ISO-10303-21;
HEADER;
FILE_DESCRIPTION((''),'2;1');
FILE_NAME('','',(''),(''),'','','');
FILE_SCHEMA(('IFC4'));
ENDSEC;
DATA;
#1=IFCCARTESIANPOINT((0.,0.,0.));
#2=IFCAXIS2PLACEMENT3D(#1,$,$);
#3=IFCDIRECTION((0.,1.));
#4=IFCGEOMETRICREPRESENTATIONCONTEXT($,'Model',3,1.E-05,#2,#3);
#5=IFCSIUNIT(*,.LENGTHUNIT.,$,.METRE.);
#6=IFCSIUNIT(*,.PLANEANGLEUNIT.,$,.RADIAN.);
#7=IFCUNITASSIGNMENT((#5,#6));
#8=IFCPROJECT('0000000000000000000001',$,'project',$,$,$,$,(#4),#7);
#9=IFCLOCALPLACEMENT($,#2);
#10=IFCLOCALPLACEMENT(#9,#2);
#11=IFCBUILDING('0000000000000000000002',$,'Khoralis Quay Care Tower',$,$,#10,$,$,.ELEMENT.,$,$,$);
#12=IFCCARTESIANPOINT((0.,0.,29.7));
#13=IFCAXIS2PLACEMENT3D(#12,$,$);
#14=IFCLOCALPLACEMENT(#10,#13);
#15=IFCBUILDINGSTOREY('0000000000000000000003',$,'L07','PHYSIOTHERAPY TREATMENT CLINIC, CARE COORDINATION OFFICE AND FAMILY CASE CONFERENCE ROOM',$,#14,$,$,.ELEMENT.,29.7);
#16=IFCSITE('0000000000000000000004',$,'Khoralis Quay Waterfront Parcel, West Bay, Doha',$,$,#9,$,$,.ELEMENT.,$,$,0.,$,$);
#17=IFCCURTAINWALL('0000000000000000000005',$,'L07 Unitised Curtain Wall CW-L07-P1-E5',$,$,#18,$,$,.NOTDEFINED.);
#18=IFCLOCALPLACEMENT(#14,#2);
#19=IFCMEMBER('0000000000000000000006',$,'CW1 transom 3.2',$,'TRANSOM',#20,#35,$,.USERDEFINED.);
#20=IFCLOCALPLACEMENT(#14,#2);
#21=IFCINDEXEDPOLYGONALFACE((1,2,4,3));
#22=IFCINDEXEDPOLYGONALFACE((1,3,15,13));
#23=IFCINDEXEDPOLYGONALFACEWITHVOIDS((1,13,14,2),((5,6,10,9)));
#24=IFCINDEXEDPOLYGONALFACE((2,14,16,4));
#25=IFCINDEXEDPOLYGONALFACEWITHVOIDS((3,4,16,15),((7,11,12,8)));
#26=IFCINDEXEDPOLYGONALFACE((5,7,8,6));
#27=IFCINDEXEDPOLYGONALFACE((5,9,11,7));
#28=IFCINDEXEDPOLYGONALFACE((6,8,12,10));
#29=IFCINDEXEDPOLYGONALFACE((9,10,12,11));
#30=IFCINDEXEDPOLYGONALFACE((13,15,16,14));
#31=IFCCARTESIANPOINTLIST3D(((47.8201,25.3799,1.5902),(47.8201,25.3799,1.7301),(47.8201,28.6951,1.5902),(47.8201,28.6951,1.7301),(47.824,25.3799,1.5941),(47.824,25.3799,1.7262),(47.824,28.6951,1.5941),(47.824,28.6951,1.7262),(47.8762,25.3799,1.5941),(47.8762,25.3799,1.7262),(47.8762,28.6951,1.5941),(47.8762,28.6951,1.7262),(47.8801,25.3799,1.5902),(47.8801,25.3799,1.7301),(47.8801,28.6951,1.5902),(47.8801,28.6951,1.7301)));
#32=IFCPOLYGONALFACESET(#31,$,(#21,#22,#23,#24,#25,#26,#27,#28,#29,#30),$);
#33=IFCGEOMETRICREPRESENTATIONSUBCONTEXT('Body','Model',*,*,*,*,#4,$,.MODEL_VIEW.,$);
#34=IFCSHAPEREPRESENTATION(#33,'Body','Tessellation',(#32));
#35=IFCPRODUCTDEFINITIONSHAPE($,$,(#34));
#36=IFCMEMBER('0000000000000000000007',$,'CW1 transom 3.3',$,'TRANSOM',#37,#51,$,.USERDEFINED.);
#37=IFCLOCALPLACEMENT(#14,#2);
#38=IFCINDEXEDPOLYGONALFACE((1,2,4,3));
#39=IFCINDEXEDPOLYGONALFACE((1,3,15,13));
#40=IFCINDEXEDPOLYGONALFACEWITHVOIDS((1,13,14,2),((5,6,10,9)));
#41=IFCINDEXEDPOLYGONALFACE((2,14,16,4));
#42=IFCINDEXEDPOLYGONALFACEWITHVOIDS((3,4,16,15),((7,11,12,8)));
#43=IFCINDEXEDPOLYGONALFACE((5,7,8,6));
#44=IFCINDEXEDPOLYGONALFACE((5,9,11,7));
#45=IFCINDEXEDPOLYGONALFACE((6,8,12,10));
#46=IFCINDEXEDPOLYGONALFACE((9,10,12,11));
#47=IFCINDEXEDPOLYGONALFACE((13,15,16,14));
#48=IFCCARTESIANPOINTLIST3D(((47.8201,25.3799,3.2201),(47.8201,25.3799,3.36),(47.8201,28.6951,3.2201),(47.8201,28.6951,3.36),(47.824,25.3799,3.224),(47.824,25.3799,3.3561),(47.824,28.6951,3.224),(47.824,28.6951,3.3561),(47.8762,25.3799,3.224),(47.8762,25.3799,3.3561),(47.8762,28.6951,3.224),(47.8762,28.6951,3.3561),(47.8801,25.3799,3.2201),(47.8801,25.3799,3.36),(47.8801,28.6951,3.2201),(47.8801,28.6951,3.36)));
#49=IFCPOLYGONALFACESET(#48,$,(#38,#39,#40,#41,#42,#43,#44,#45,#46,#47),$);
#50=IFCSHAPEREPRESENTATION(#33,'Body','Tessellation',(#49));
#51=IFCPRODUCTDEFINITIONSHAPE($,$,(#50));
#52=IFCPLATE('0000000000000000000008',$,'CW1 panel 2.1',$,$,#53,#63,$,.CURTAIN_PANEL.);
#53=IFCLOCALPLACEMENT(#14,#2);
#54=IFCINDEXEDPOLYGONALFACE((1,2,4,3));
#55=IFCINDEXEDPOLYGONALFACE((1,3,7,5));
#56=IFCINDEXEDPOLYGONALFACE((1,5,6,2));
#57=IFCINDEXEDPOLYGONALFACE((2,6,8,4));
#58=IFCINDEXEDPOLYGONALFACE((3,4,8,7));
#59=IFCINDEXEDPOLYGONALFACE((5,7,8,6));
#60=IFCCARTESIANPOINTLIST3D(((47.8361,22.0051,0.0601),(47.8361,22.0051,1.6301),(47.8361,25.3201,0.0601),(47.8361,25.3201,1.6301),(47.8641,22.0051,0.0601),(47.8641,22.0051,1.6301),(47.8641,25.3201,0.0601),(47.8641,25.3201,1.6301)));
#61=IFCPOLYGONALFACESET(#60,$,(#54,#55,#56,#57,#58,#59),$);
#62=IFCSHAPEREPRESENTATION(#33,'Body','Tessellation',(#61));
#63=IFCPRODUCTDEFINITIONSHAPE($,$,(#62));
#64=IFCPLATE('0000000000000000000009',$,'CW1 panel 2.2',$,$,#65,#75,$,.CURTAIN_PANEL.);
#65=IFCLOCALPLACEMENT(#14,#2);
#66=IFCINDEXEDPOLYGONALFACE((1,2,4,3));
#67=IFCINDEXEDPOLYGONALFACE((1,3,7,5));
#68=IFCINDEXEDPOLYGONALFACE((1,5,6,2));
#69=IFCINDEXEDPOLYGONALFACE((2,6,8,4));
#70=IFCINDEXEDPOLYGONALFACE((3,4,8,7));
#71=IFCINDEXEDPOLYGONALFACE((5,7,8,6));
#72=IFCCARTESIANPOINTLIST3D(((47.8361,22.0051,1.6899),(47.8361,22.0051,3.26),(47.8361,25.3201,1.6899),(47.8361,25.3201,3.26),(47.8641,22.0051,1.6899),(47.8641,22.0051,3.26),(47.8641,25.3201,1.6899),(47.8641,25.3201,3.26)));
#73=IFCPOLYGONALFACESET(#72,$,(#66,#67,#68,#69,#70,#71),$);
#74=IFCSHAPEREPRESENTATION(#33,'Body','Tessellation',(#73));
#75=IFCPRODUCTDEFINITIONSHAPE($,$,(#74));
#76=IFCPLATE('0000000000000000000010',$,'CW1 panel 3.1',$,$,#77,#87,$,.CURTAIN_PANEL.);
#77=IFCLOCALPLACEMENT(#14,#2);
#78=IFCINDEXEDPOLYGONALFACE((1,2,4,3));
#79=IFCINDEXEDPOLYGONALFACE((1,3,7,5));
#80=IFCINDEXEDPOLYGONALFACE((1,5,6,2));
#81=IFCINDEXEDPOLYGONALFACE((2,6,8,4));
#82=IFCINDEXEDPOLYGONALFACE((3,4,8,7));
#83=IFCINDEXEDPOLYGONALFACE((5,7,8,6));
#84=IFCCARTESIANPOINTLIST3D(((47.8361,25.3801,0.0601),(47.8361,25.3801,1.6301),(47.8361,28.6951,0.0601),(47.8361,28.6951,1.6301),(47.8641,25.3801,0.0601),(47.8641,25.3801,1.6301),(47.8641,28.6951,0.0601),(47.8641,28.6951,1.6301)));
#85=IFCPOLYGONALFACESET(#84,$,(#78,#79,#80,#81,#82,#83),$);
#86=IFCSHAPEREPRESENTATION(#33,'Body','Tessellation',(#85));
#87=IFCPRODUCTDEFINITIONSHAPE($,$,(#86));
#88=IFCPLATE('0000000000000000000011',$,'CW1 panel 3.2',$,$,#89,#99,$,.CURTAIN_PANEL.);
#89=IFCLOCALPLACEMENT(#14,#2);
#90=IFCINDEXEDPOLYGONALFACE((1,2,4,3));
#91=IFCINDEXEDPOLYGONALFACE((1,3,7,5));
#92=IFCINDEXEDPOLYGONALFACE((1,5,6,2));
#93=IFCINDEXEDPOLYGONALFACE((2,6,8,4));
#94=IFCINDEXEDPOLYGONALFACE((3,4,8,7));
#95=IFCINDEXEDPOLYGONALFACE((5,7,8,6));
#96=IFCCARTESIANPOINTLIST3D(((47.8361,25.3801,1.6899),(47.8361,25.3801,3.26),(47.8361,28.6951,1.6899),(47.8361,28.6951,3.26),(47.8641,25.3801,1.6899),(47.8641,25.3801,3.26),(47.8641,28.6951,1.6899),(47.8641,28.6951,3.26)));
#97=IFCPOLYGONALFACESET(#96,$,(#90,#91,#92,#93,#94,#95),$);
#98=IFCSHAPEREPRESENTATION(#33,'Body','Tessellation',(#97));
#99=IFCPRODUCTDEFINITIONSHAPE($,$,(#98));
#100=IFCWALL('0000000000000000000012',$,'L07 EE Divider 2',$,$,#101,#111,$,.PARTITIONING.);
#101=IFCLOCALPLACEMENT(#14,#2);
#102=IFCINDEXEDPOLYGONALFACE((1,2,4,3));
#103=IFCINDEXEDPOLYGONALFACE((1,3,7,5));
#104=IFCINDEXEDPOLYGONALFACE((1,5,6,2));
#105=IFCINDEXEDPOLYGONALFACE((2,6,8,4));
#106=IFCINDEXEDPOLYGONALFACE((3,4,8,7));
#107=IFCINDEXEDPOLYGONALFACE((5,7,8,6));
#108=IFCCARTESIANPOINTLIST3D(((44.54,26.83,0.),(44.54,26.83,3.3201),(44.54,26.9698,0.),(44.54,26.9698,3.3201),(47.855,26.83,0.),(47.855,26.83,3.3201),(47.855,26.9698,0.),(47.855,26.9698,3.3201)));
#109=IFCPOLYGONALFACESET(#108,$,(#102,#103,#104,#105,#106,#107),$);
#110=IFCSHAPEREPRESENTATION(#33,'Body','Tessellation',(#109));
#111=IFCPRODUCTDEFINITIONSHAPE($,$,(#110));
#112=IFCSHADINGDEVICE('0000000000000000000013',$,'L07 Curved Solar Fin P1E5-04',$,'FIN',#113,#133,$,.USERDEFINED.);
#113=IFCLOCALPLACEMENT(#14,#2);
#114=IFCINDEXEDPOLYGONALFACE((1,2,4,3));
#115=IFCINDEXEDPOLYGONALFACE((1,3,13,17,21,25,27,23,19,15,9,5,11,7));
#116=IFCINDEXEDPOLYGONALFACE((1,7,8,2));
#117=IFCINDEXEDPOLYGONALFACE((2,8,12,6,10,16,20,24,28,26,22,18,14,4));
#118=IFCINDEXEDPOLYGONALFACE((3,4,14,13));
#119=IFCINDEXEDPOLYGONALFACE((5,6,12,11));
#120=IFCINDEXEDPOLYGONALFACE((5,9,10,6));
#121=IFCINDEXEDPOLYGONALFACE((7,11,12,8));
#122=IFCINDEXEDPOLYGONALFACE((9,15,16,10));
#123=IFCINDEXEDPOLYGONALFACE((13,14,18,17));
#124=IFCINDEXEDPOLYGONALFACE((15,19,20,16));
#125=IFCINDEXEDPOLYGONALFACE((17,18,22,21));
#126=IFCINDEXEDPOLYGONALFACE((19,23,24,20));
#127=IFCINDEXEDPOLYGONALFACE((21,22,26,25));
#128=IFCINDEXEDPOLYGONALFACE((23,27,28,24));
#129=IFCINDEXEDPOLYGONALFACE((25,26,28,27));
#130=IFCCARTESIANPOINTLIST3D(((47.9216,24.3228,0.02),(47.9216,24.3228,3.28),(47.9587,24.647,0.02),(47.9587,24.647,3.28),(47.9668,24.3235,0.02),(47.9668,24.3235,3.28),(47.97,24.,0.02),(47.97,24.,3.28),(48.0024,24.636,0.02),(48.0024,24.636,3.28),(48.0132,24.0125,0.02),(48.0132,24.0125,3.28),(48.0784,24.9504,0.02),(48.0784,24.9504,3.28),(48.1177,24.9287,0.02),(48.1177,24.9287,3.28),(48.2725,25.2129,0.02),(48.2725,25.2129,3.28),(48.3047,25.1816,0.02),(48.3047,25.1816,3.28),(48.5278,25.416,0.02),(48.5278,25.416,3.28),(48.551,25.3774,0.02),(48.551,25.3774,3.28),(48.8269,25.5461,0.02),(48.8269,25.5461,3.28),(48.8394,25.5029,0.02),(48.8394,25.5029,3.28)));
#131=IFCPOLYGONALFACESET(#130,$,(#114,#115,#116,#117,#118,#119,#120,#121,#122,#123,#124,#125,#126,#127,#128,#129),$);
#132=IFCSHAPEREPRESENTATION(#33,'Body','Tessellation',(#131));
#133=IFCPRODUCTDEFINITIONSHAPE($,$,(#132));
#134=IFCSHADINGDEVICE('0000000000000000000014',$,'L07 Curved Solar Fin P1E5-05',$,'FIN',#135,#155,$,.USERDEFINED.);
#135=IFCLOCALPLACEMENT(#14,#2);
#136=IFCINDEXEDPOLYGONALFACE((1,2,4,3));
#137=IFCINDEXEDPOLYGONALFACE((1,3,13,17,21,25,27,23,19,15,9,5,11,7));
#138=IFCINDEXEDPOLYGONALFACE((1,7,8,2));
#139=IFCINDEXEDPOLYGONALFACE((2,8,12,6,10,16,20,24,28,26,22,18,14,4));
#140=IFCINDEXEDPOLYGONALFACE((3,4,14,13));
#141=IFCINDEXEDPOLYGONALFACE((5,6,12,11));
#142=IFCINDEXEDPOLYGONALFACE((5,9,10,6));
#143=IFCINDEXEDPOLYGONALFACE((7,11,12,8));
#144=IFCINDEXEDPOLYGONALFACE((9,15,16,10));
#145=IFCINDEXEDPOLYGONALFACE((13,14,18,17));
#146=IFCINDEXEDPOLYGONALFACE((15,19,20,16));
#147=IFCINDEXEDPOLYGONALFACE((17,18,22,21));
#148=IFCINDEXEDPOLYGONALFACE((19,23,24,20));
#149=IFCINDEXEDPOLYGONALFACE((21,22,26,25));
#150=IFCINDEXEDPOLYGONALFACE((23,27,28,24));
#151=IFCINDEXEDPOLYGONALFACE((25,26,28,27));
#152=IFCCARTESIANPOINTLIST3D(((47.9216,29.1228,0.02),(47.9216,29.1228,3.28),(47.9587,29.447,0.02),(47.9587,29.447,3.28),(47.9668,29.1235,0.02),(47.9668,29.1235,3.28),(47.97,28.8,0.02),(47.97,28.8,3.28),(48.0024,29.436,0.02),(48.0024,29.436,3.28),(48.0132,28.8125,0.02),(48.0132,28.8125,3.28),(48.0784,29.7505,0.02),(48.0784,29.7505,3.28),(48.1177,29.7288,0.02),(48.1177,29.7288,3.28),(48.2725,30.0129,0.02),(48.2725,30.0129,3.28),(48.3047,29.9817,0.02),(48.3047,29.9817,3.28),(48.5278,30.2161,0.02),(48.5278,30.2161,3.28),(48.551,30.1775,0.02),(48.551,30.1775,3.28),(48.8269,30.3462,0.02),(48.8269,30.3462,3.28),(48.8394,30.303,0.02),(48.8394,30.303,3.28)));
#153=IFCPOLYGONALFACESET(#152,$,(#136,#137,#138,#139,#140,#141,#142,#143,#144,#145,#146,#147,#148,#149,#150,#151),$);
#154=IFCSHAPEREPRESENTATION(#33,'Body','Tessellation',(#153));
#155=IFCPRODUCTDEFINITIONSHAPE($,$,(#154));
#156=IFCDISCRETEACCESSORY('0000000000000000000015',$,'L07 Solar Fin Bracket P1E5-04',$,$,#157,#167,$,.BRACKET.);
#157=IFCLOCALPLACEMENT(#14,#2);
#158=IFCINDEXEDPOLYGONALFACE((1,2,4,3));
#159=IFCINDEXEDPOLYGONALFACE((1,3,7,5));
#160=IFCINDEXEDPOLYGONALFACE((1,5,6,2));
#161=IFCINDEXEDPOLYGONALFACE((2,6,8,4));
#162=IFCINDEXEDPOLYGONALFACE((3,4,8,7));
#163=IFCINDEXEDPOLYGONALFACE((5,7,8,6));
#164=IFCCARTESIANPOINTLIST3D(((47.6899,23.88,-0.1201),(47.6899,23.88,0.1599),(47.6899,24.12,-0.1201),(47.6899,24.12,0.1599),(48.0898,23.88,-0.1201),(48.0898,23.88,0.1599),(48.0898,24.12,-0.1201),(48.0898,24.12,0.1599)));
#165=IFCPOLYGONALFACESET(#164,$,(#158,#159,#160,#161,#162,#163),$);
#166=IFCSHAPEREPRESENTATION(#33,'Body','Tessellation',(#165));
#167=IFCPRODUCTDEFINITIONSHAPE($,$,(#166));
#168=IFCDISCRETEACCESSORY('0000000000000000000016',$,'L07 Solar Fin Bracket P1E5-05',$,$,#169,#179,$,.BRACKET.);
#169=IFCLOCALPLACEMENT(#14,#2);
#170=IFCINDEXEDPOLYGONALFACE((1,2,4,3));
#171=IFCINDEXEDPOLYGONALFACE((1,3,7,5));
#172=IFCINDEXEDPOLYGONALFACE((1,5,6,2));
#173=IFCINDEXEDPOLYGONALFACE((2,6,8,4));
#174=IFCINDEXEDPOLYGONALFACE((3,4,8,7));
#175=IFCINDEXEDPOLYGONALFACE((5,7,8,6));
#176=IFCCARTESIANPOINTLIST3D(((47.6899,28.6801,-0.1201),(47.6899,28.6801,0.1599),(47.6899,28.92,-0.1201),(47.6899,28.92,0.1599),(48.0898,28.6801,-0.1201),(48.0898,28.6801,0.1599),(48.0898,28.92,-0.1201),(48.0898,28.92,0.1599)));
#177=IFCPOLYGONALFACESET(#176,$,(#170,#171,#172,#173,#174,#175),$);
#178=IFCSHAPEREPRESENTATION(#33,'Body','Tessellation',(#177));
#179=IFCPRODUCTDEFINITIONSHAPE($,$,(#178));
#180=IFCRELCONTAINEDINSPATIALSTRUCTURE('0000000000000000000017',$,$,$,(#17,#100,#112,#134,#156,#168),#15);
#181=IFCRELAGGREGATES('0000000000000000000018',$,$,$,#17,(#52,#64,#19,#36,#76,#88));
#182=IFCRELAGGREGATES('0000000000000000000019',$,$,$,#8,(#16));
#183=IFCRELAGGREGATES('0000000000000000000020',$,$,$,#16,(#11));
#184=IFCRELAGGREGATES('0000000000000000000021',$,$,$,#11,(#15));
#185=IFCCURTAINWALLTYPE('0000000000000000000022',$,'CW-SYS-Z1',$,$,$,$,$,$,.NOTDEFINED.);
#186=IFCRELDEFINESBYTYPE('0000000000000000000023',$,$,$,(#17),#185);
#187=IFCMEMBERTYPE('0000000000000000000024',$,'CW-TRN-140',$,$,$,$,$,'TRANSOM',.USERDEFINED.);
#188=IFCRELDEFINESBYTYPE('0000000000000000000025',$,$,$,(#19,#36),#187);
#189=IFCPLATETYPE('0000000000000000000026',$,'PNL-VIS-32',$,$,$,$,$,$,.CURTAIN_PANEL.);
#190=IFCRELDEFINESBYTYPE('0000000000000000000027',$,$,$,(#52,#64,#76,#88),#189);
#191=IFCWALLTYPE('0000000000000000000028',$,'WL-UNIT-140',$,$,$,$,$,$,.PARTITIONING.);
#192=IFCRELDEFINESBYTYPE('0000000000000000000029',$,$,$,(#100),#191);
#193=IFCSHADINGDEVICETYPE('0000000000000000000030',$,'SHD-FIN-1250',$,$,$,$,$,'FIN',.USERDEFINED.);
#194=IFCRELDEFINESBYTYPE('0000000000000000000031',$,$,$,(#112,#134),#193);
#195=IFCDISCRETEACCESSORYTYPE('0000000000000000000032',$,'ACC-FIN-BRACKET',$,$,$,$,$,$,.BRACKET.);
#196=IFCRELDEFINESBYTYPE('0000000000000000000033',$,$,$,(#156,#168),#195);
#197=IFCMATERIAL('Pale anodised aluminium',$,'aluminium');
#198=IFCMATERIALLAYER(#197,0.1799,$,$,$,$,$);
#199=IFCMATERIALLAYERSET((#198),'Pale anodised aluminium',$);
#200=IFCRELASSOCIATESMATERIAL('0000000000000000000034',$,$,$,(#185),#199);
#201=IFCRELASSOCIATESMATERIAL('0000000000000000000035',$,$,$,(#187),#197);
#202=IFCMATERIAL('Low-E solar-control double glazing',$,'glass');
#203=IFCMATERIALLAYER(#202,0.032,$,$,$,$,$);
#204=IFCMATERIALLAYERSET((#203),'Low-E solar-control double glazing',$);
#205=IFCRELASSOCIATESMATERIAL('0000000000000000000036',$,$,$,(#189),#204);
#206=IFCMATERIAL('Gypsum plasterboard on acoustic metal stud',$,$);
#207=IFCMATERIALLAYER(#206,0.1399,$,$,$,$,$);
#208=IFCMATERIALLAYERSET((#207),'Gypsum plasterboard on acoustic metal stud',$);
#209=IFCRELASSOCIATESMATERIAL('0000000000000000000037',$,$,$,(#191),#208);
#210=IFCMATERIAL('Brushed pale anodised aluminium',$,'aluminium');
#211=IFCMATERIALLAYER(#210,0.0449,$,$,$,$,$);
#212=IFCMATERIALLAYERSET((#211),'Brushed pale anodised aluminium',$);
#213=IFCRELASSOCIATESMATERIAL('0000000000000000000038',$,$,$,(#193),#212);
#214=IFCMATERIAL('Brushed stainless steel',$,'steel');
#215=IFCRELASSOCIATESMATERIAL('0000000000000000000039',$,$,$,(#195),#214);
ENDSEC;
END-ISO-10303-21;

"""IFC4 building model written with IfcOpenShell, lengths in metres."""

from ifc_helpers import new_model, si_unit, direction, frame, frame_2d, origin, origin_2d, place, context, subcontext, project, spatial, polyline, rectangle, hollow_rectangle, outline, extrude, source, transform, mapped, material, layer, layer_set, material_profile, profile_set, type_object, element, aggregate, save


model = new_model("IFC4")

# Units and contexts
model_context = context("Model", 3, precision=1e-05, world=origin(), true_north=direction((0.0, 1.0)))
body_context = subcontext(model_context, "Body", "Model", "MODEL_VIEW")
ifc_project = project(units=[si_unit("LENGTHUNIT", "METRE"), si_unit("PLANEANGLEUNIT", "RADIAN")], contexts=[model_context])

# Site, building, storey
site_placement = place(None, origin())
site = spatial("IfcSite", under=ifc_project, at=site_placement, Name="Khoralis Quay Waterfront Parcel, West Bay, Doha", CompositionType="ELEMENT", RefElevation=0.0)
building_placement = place(site_placement, origin())
building = spatial("IfcBuilding", under=site, at=building_placement, Name="Khoralis Quay Care Tower", CompositionType="ELEMENT")
storey_placement = place(building_placement, frame((0.0, 0.0, 29.7)))
storey = spatial("IfcBuildingStorey", under=building, at=storey_placement, Name="L07", Description="PHYSIOTHERAPY TREATMENT CLINIC, CARE COORDINATION OFFICE AND FAMILY CASE CONFERENCE ROOM", CompositionType="ELEMENT", Elevation=29.7)

# Curtain wall, members, plates
ifc_material_1 = material(Name="Pale anodised aluminium", Category="aluminium")
ifc_layer_1 = layer(ifc_material_1, 0.1799)
ifc_layer_set_1 = layer_set([ifc_layer_1], Name="Pale anodised aluminium")
curtain_wall_type = type_object("IfcCurtainWallType", Name="CW-SYS-Z1", PredefinedType="NOTDEFINED", material=ifc_layer_set_1)
curtain_wall_placement = place(storey_placement, origin())
curtain_wall = element("IfcCurtainWall", 1, at=curtain_wall_placement, inside=storey, type_object=curtain_wall_type, Name="L07 Unitised Curtain Wall CW-L07-P1-E5", PredefinedType="NOTDEFINED")
ifc_material_profile_1 = material_profile(ifc_material_1, hollow_rectangle(XDim=0.0601, YDim=0.1399, WallThickness=0.0039, at=origin_2d()), Name="Pale anodised aluminium")
ifc_profile_set_1 = profile_set([ifc_material_profile_1], Name="Pale anodised aluminium")
member_type_1 = type_object("IfcMemberType", Name="CW-TRN-140", ElementType="TRANSOM", PredefinedType="USERDEFINED", material=ifc_profile_set_1)
shared_shape_1 = source(origin(), body_context, "Body", "SweptSolid", [
    extrude(hollow_rectangle(XDim=0.0601, YDim=0.1399, WallThickness=0.0039, at=origin_2d()), origin(), (0.0, 0.0, 1.0), 3.3152),
])
member_1_placement = place(storey_placement, frame((47.8501, 25.3799, 1.6602), z_axis=(0.0, 1.0, 0.0), x_axis=(-1.0, 0.0, 0.0)))
member_1 = element("IfcMember", 2, at=member_1_placement, type_object=member_type_1, Name="CW1 transom 3.2", ObjectType="TRANSOM", PredefinedType="USERDEFINED", context=body_context, shape_type="MappedRepresentation", body=[
    mapped(shared_shape_1, transform((0.0, 0.0, 0.0), scale=1.0)),
])
member_2_placement = place(storey_placement, frame((47.8501, 25.3799, 3.29), z_axis=(0.0, 1.0, 0.0), x_axis=(-1.0, 0.0, 0.0)))
member_2 = element("IfcMember", 3, at=member_2_placement, type_object=member_type_1, Name="CW1 transom 3.3", ObjectType="TRANSOM", PredefinedType="USERDEFINED", context=body_context, shape_type="MappedRepresentation", body=[
    mapped(shared_shape_1, transform((0.0, 0.0, 0.0), scale=1.0)),
])
ifc_material_2 = material(Name="Low-E solar-control double glazing", Category="glass")
ifc_layer_2 = layer(ifc_material_2, 0.032)
ifc_layer_set_2 = layer_set([ifc_layer_2], Name="Low-E solar-control double glazing")
plate_type = type_object("IfcPlateType", Name="PNL-VIS-32", PredefinedType="CURTAIN_PANEL", material=ifc_layer_set_2)
shared_shape_2 = source(origin(), body_context, "Body", "SweptSolid", [
    extrude(rectangle(XDim=3.3149, YDim=0.0281, at=origin_2d()), origin(), (0.0, 0.0, 1.0), 1.5701),
])
plate_1_placement = place(storey_placement, frame((47.8501, 23.6626, 0.0601), z_axis=(0.0, 0.0, 1.0), x_axis=(0.0, 1.0, 0.0)))
plate_1 = element("IfcPlate", 4, at=plate_1_placement, type_object=plate_type, Name="CW1 panel 2.1", PredefinedType="CURTAIN_PANEL", context=body_context, shape_type="MappedRepresentation", body=[
    mapped(shared_shape_2, transform((0.0, 0.0, 0.0), scale=1.0)),
])
plate_2_placement = place(storey_placement, frame((47.8501, 23.6626, 1.6899), z_axis=(0.0, 0.0, 1.0), x_axis=(0.0, 1.0, 0.0)))
plate_2 = element("IfcPlate", 5, at=plate_2_placement, type_object=plate_type, Name="CW1 panel 2.2", PredefinedType="CURTAIN_PANEL", context=body_context, shape_type="MappedRepresentation", body=[
    mapped(shared_shape_2, transform((0.0, 0.0, 0.0), scale=1.0)),
])
plate_3_placement = place(storey_placement, frame((47.8501, 27.0376, 0.0601), z_axis=(0.0, 0.0, 1.0), x_axis=(0.0, 1.0, 0.0)))
plate_3 = element("IfcPlate", 6, at=plate_3_placement, type_object=plate_type, Name="CW1 panel 3.1", PredefinedType="CURTAIN_PANEL", context=body_context, shape_type="MappedRepresentation", body=[
    mapped(shared_shape_2, transform((0.0, 0.0, 0.0), scale=1.0)),
])
plate_4_placement = place(storey_placement, frame((47.8501, 27.0376, 1.6899), z_axis=(0.0, 0.0, 1.0), x_axis=(0.0, 1.0, 0.0)))
plate_4 = element("IfcPlate", 7, at=plate_4_placement, type_object=plate_type, Name="CW1 panel 3.2", PredefinedType="CURTAIN_PANEL", context=body_context, shape_type="MappedRepresentation", body=[
    mapped(shared_shape_2, transform((0.0, 0.0, 0.0), scale=1.0)),
])
aggregate(curtain_wall, [plate_1, plate_2, member_1, member_2, plate_3, plate_4])

# Wall
ifc_material_3 = material(Name="Gypsum plasterboard on acoustic metal stud")
ifc_layer_3 = layer(ifc_material_3, 0.1399)
ifc_layer_set_3 = layer_set([ifc_layer_3], Name="Gypsum plasterboard on acoustic metal stud")
wall_type = type_object("IfcWallType", Name="WL-UNIT-140", PredefinedType="PARTITIONING", material=ifc_layer_set_3)
wall_placement = place(storey_placement, frame((44.54, 26.8999, 0.0), z_axis=(0.0, 0.0, 1.0), x_axis=(1.0, 0.0, 0.0)))
element("IfcWall", 8, at=wall_placement, inside=storey, type_object=wall_type, Name="L07 EE Divider 2", PredefinedType="PARTITIONING", context=body_context, shape_type="SweptSolid", body=[
    extrude(rectangle(XDim=3.3149, YDim=0.1399, at=frame_2d((1.6575, 0.0))), origin(), (0.0, 0.0, 1.0), 3.3201),
])

# Shading devices
ifc_material_4 = material(Name="Brushed pale anodised aluminium", Category="aluminium")
ifc_layer_4 = layer(ifc_material_4, 0.0449)
ifc_layer_set_4 = layer_set([ifc_layer_4], Name="Brushed pale anodised aluminium")
shading_device_type = type_object("IfcShadingDeviceType", Name="SHD-FIN-1250", ElementType="FIN", PredefinedType="USERDEFINED", material=ifc_layer_set_4)
shared_shape_3 = source(origin(), body_context, "Body", "SweptSolid", [
    extrude(outline(polyline([(0.0, 0.0), (-0.0483, 0.3228), (-0.0112, 0.647), (0.1084, 0.9504), (0.3025, 1.2129), (0.5579, 1.416), (0.8569, 1.5461), (0.8694, 1.5029), (0.5811, 1.3774), (0.3347, 1.1816), (0.1477, 0.9287), (0.0325, 0.636), (-0.0032, 0.3235), (0.0432, 0.0125), (0.0, 0.0)])), origin(), (0.0, 0.0, 1.0), 3.26),
])
for number, where, z_axis, x_axis, name in (
    (9, (47.97, 24.0, 0.02), (0.0, 0.0, 1.0), (1.0, 0.0, 0.0), "L07 Curved Solar Fin P1E5-04"),
    (10, (47.97, 28.8, 0.02), (0.0, 0.0, 1.0), (1.0, 0.0, 0.0), "L07 Curved Solar Fin P1E5-05"),
):
    element("IfcShadingDevice", number, at=place(storey_placement, frame(where, z_axis=z_axis, x_axis=x_axis)), inside=storey, type_object=shading_device_type, Name=name, ObjectType="FIN", PredefinedType="USERDEFINED", context=body_context, shape_type="MappedRepresentation", body=[
        mapped(shared_shape_3, transform((0.0, 0.0, 0.0), scale=1.0)),
    ])

# Discrete accessories
ifc_material_5 = material(Name="Brushed stainless steel", Category="steel")
discrete_accessory_type = type_object("IfcDiscreteAccessoryType", Name="ACC-FIN-BRACKET", PredefinedType="BRACKET", material=ifc_material_5)
shared_shape_4 = source(origin(), body_context, "Body", "SweptSolid", [
    extrude(rectangle(XDim=0.3999, YDim=0.24, at=origin_2d()), origin(), (0.0, 0.0, 1.0), 0.28),
])
for number, where, z_axis, x_axis, name in (
    (11, (47.8899, 24.0, -0.1201), (0.0, 0.0, 1.0), (1.0, 0.0, 0.0), "L07 Solar Fin Bracket P1E5-04"),
    (12, (47.8899, 28.8, -0.1201), (0.0, 0.0, 1.0), (1.0, 0.0, 0.0), "L07 Solar Fin Bracket P1E5-05"),
):
    element("IfcDiscreteAccessory", number, at=place(storey_placement, frame(where, z_axis=z_axis, x_axis=x_axis)), inside=storey, type_object=discrete_accessory_type, Name=name, PredefinedType="BRACKET", context=body_context, shape_type="MappedRepresentation", body=[
        mapped(shared_shape_4, transform((0.0, 0.0, 0.0), scale=1.0)),
    ])

save(model, "model.ifc")
